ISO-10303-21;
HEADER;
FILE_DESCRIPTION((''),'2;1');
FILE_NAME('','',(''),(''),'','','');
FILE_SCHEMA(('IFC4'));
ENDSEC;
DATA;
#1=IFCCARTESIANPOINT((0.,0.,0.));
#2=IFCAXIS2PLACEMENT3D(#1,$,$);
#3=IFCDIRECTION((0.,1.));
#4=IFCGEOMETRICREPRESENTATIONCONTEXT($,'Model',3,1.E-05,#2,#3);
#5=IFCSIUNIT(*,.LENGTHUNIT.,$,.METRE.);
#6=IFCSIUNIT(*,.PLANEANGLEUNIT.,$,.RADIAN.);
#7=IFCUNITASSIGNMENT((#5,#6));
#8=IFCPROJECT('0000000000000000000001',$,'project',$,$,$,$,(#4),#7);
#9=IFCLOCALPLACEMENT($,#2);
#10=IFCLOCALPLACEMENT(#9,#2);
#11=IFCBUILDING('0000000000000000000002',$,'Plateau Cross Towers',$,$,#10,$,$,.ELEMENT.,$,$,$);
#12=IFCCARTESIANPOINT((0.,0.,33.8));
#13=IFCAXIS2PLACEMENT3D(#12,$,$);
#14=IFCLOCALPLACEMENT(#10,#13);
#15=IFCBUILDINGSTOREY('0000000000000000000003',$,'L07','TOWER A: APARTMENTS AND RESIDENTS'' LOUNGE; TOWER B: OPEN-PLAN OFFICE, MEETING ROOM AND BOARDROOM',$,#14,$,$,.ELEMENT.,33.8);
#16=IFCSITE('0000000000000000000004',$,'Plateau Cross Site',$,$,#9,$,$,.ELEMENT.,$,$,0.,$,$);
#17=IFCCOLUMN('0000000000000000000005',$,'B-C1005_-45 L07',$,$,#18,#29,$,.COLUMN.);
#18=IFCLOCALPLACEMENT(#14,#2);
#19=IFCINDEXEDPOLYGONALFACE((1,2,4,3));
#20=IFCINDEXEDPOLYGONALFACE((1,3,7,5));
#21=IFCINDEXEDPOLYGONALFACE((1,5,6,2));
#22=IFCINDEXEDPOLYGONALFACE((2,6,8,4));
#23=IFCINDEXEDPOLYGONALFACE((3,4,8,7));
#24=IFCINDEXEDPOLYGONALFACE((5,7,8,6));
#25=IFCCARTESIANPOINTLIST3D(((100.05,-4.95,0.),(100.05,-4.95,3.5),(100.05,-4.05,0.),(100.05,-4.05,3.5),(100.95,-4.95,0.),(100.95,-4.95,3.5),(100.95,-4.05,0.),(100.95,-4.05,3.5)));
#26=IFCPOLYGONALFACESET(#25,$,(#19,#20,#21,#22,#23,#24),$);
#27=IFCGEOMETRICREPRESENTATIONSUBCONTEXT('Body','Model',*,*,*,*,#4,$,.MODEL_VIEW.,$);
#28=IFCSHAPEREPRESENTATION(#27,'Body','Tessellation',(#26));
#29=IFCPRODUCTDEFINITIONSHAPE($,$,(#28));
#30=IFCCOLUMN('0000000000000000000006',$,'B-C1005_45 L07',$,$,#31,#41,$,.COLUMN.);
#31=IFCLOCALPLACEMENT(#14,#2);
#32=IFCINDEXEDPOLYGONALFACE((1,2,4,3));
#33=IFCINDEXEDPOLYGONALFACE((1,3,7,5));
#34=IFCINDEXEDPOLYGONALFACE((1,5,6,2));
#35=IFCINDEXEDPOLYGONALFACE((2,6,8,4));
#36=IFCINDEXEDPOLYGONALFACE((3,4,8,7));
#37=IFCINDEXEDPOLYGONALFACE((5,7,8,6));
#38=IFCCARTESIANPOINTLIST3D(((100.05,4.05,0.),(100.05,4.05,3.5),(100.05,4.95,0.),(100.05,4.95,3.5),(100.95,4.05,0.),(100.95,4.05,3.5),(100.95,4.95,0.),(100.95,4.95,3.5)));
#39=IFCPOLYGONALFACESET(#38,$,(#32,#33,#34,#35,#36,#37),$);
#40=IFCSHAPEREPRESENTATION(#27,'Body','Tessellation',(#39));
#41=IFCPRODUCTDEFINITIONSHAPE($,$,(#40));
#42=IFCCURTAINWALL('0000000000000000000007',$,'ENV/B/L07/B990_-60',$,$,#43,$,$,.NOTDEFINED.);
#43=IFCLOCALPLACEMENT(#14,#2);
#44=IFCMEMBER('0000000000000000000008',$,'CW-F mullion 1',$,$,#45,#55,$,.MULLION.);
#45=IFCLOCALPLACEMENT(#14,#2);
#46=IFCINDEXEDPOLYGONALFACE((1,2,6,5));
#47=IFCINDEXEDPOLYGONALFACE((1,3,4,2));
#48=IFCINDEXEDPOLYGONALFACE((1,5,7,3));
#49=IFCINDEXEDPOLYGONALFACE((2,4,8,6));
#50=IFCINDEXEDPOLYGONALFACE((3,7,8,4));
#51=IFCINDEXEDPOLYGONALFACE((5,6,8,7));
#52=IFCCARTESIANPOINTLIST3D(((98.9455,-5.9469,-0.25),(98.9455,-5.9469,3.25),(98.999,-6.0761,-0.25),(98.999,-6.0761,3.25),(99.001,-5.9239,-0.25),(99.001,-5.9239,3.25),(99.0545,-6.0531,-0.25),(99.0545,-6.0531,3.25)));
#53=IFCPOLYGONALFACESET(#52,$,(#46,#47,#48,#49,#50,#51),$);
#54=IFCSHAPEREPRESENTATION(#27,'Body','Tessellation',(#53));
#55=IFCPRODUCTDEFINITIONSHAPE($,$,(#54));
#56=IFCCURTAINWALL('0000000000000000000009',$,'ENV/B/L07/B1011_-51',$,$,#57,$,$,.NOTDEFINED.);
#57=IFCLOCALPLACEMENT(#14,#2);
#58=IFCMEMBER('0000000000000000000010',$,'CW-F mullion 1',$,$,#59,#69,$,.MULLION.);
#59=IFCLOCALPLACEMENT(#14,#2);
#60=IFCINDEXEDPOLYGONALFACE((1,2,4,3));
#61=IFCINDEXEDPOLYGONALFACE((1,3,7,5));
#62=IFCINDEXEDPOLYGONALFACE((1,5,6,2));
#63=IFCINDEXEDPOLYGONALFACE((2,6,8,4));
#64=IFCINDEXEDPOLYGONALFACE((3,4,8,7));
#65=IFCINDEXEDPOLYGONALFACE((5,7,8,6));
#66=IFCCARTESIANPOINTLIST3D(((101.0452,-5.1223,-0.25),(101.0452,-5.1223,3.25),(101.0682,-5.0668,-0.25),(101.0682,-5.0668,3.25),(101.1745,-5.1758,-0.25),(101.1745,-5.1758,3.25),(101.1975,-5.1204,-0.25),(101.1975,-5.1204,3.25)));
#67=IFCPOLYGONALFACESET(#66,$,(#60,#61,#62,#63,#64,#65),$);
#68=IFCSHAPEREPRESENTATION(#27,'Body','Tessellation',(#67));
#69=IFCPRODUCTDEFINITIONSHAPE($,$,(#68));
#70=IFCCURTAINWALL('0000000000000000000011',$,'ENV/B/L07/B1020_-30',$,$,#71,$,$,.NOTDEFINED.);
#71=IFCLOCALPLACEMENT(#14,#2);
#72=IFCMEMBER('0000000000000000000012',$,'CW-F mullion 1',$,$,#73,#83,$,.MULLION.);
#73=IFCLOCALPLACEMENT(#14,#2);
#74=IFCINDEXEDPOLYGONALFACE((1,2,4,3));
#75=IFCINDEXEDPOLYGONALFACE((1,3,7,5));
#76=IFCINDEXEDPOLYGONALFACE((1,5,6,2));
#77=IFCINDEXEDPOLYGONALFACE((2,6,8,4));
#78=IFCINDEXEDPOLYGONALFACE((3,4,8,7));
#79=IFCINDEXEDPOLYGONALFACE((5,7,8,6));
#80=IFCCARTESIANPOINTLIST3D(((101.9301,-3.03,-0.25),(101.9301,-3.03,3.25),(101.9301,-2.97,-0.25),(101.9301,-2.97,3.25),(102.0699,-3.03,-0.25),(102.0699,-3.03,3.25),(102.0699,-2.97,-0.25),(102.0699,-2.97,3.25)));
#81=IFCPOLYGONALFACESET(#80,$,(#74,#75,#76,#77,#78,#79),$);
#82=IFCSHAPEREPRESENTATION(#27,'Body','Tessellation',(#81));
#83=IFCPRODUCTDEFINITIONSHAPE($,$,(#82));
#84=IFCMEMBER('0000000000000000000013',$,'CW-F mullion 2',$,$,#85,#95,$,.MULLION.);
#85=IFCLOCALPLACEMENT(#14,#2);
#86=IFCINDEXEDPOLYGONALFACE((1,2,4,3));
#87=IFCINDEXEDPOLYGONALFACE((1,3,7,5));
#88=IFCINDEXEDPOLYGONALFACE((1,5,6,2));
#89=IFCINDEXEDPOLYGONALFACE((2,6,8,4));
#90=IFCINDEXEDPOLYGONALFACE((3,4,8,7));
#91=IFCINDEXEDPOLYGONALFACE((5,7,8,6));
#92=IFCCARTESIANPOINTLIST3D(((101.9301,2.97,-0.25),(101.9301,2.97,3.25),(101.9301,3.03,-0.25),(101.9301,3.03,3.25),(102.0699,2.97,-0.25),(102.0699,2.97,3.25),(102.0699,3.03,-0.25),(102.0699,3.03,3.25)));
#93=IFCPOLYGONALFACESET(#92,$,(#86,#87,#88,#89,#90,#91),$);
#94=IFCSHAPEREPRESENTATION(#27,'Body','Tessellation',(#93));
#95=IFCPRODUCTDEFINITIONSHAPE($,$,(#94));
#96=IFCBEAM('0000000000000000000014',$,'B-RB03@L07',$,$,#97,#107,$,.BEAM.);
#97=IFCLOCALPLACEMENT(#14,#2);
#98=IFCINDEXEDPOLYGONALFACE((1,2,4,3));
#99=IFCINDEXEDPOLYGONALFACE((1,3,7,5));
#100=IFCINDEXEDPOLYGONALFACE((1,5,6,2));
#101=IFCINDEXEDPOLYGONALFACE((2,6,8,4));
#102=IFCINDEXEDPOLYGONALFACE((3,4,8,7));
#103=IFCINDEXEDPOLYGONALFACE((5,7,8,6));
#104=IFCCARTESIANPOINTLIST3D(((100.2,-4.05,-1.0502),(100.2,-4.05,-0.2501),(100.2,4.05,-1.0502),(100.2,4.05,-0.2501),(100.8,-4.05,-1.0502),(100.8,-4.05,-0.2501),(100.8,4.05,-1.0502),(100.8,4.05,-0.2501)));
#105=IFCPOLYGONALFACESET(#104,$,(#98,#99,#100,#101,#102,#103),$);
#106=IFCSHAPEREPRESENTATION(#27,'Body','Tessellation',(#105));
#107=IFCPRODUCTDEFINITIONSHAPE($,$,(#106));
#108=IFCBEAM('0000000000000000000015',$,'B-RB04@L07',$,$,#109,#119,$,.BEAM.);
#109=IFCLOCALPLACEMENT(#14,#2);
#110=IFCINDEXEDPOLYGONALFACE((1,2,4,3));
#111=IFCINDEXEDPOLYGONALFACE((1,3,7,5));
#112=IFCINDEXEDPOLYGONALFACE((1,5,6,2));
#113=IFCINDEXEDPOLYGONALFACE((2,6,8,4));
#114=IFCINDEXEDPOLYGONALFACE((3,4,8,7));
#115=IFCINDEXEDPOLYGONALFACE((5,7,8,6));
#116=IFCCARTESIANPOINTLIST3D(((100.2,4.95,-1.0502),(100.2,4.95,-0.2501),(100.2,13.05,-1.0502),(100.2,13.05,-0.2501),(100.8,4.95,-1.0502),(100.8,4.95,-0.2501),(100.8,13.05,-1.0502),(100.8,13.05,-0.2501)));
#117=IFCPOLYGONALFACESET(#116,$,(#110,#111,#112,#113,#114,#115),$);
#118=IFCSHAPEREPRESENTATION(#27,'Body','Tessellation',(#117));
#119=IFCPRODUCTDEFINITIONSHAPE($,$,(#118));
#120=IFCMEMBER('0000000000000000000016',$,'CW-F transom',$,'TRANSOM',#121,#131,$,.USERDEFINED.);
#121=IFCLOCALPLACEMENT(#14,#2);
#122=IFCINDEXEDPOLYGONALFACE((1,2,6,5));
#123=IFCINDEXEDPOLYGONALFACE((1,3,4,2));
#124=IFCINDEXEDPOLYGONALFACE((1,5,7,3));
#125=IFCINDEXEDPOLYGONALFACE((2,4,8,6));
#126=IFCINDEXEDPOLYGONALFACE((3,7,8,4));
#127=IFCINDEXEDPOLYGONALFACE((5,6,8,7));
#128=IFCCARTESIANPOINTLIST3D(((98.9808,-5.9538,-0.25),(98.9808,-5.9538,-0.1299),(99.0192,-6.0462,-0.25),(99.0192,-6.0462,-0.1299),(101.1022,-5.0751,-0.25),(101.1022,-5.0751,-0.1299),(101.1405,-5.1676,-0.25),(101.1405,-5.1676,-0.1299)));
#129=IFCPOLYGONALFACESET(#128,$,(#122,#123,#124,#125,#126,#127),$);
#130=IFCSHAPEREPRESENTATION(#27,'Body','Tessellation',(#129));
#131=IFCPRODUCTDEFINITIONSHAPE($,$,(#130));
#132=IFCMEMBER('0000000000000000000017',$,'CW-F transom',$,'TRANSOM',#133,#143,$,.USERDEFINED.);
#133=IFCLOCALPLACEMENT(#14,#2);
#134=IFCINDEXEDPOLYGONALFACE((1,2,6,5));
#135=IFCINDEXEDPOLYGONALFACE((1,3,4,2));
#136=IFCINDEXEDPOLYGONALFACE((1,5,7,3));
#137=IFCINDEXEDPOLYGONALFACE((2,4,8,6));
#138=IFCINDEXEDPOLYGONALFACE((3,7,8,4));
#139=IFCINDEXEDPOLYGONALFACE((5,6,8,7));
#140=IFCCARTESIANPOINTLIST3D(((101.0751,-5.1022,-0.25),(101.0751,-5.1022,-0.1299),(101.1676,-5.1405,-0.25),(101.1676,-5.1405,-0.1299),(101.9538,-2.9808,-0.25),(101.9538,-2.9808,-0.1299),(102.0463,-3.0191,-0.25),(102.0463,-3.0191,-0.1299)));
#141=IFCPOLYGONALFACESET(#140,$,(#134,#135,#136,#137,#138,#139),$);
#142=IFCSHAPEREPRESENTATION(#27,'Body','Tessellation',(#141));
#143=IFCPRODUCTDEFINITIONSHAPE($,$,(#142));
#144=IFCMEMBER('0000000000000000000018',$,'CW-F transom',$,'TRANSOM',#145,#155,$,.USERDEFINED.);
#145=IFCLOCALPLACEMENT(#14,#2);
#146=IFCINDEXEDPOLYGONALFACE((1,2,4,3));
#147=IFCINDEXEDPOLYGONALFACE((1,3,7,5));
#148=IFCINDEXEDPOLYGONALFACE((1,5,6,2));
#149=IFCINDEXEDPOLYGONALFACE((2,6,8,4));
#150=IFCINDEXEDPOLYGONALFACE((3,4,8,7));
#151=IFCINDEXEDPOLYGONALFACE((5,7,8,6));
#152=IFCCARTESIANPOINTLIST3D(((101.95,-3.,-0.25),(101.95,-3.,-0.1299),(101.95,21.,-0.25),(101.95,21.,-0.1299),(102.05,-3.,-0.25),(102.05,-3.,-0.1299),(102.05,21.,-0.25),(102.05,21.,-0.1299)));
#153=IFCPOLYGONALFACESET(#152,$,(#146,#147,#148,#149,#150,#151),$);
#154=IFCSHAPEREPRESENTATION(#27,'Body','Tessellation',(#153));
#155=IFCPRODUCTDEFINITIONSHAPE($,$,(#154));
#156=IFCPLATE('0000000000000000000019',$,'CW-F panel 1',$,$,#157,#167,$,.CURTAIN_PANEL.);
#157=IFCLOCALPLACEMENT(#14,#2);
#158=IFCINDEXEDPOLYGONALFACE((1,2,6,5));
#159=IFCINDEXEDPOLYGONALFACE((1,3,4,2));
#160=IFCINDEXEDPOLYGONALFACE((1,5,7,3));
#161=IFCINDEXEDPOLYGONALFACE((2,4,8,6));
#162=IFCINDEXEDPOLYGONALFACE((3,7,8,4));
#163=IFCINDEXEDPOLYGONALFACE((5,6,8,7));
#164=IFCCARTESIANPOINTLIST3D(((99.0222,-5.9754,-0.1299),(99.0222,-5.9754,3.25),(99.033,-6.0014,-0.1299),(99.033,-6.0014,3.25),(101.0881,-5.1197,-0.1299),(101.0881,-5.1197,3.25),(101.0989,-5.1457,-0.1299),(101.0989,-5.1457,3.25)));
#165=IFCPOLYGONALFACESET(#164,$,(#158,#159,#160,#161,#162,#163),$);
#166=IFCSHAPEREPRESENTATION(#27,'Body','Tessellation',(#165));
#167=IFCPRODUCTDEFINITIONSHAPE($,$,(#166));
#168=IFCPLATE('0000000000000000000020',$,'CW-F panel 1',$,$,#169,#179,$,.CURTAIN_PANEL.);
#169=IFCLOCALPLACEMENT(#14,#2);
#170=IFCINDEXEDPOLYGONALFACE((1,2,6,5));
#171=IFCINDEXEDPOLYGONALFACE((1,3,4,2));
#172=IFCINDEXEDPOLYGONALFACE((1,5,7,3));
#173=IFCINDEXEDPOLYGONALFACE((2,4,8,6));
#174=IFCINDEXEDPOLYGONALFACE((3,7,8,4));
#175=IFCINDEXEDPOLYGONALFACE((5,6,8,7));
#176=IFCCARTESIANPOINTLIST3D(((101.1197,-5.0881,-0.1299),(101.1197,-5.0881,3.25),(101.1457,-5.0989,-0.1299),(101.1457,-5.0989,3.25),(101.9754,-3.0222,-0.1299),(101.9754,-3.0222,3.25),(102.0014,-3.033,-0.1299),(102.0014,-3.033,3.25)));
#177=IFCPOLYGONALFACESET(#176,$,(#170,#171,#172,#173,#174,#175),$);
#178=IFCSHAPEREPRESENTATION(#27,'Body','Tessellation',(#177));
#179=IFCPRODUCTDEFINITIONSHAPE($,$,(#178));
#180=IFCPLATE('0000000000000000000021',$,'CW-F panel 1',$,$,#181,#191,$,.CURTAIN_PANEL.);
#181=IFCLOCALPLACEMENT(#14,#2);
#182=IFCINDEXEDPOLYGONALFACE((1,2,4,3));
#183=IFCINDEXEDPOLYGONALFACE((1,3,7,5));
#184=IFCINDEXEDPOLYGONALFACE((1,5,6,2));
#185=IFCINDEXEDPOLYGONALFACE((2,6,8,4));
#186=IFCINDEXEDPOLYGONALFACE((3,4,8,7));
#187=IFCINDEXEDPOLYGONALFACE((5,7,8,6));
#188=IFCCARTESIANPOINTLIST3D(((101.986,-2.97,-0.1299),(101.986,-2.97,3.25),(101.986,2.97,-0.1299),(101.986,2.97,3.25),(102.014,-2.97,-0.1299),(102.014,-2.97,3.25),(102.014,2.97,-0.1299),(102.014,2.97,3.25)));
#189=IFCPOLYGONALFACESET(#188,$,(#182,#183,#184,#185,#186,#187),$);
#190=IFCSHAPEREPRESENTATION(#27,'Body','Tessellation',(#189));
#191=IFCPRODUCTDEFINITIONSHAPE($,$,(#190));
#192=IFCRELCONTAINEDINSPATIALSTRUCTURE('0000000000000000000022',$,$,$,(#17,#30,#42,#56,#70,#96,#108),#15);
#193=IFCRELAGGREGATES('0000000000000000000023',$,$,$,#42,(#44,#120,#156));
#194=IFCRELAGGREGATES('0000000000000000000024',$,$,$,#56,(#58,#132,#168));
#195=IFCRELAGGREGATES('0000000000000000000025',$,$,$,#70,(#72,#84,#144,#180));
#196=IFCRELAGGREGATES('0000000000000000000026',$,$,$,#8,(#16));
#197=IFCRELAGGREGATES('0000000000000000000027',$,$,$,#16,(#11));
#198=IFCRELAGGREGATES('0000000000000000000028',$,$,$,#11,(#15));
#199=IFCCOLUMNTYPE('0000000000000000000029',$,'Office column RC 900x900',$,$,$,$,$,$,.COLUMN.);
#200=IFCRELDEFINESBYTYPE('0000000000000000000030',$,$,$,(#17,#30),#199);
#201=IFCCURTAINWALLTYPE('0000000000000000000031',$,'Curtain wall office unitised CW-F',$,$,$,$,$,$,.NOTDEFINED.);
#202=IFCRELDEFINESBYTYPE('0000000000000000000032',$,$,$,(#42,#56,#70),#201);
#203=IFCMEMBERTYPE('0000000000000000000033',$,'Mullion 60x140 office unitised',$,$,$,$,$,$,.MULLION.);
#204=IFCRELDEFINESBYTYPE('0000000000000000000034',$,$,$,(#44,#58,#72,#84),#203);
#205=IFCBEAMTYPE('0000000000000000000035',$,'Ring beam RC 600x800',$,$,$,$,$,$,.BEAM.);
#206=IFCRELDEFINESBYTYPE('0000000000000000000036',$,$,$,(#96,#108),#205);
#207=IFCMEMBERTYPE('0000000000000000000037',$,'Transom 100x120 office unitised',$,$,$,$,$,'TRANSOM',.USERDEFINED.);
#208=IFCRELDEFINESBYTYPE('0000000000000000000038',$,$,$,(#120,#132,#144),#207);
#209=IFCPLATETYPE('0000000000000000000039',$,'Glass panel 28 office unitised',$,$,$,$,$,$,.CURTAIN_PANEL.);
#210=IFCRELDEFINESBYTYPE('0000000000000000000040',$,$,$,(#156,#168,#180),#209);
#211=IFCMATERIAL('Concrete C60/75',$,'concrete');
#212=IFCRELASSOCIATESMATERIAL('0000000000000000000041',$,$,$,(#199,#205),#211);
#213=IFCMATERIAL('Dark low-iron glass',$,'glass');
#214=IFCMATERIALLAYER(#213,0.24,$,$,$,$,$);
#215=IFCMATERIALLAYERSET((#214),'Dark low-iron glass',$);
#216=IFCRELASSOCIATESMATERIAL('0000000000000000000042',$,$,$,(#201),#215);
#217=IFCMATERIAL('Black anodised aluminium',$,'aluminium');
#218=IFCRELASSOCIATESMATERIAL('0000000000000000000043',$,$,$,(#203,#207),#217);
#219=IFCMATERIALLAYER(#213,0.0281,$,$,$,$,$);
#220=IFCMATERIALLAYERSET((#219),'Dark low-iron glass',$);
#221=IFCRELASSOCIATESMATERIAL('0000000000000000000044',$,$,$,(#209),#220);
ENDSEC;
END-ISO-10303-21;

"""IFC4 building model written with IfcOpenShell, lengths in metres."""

from ifc_helpers import new_model, si_unit, direction, frame, origin, origin_2d, place, context, subcontext, project, spatial, rectangle, extrude, material, layer, layer_set, material_profile, profile_set, type_object, element, aggregate, save


model = new_model("IFC4")

# Units and contexts
model_context = context("Model", 3, precision=1e-05, world=origin(), true_north=direction((0.0, 1.0)))
body_context = subcontext(model_context, "Body", "Model", "MODEL_VIEW")
ifc_project = project(units=[si_unit("LENGTHUNIT", "METRE"), si_unit("PLANEANGLEUNIT", "RADIAN")], contexts=[model_context])

# Site, building, storey
site_placement = place(None, origin())
site = spatial("IfcSite", under=ifc_project, at=site_placement, Name="Plateau Cross Site", CompositionType="ELEMENT", RefElevation=0.0)
building_placement = place(site_placement, origin())
building = spatial("IfcBuilding", under=site, at=building_placement, Name="Plateau Cross Towers", CompositionType="ELEMENT")
storey_placement = place(building_placement, frame((0.0, 0.0, 33.8)))
storey = spatial("IfcBuildingStorey", under=building, at=storey_placement, Name="L07", Description="TOWER A: APARTMENTS AND RESIDENTS' LOUNGE; TOWER B: OPEN-PLAN OFFICE, MEETING ROOM AND BOARDROOM", CompositionType="ELEMENT", Elevation=33.8)

# Columns
ifc_material_1 = material(Name="Concrete C60/75", Category="concrete")
ifc_material_profile_1 = material_profile(ifc_material_1, rectangle(XDim=0.8999, YDim=0.8999, at=origin_2d()), Name="RC 900x900")
ifc_profile_set_1 = profile_set([ifc_material_profile_1], Name="Concrete C60/75")
column_type = type_object("IfcColumnType", Name="Office column RC 900x900", PredefinedType="COLUMN", material=ifc_profile_set_1)
for number, where, z_axis, x_axis, name in (
    (1, (100.5, -4.5, 0.0), (0.0, 0.0, 1.0), (1.0, 0.0, 0.0), "B-C1005_-45 L07"),
    (2, (100.5, 4.5, 0.0), (0.0, 0.0, 1.0), (1.0, 0.0, 0.0), "B-C1005_45 L07"),
):
    element("IfcColumn", number, at=place(storey_placement, frame(where, z_axis=z_axis, x_axis=x_axis)), inside=storey, type_object=column_type, Name=name, PredefinedType="COLUMN", context=body_context, shape_type="SweptSolid", body=[
        extrude(rectangle(XDim=0.8999, YDim=0.8999, at=origin_2d()), origin(), (0.0, 0.0, 1.0), 3.5),
    ])

# Curtain walls, members
ifc_material_2 = material(Name="Dark low-iron glass", Category="glass")
ifc_layer_1 = layer(ifc_material_2, 0.24)
ifc_layer_set_1 = layer_set([ifc_layer_1], Name="Dark low-iron glass")
curtain_wall_type = type_object("IfcCurtainWallType", Name="Curtain wall office unitised CW-F", PredefinedType="NOTDEFINED", material=ifc_layer_set_1)
curtain_wall_1_placement = place(storey_placement, origin())
curtain_wall_1 = element("IfcCurtainWall", 3, at=curtain_wall_1_placement, inside=storey, type_object=curtain_wall_type, Name="ENV/B/L07/B990_-60", PredefinedType="NOTDEFINED")
ifc_material_3 = material(Name="Black anodised aluminium", Category="aluminium")
ifc_material_profile_2 = material_profile(ifc_material_3, rectangle(XDim=0.0601, YDim=0.1399, at=origin_2d()), Name="MULLION 60x140")
ifc_profile_set_2 = profile_set([ifc_material_profile_2], Name="Black anodised aluminium")
member_type_1 = type_object("IfcMemberType", Name="Mullion 60x140 office unitised", PredefinedType="MULLION", material=ifc_profile_set_2)
member_1_placement = place(storey_placement, frame((99.0, -6.0, -0.25), z_axis=(0.0, 0.0, 1.0), x_axis=(0.923879, 0.382684, 0.0)))
member_1 = element("IfcMember", 4, at=member_1_placement, type_object=member_type_1, Name="CW-F mullion 1", PredefinedType="MULLION", context=body_context, shape_type="SweptSolid", body=[
    extrude(rectangle(XDim=0.0601, YDim=0.1399, at=origin_2d()), origin(), (0.0, 0.0, 1.0), 3.5),
])
curtain_wall_2_placement = place(storey_placement, origin())
curtain_wall_2 = element("IfcCurtainWall", 5, at=curtain_wall_2_placement, inside=storey, type_object=curtain_wall_type, Name="ENV/B/L07/B1011_-51", PredefinedType="NOTDEFINED")
member_2_placement = place(storey_placement, frame((101.1213, -5.1213, -0.25), z_axis=(0.0, 0.0, 1.0), x_axis=(0.382684, 0.923879, 0.0)))
member_2 = element("IfcMember", 6, at=member_2_placement, type_object=member_type_1, Name="CW-F mullion 1", PredefinedType="MULLION", context=body_context, shape_type="SweptSolid", body=[
    extrude(rectangle(XDim=0.0601, YDim=0.1399, at=origin_2d()), origin(), (0.0, 0.0, 1.0), 3.5),
])

# Curtain wall, members
curtain_wall_3_placement = place(storey_placement, origin())
curtain_wall_3 = element("IfcCurtainWall", 7, at=curtain_wall_3_placement, inside=storey, type_object=curtain_wall_type, Name="ENV/B/L07/B1020_-30", PredefinedType="NOTDEFINED")
member_3_placement = place(storey_placement, frame((102.0, -3.0, -0.25), z_axis=(0.0, 0.0, 1.0), x_axis=(0.0, 1.0, 0.0)))
member_3 = element("IfcMember", 8, at=member_3_placement, type_object=member_type_1, Name="CW-F mullion 1", PredefinedType="MULLION", context=body_context, shape_type="SweptSolid", body=[
    extrude(rectangle(XDim=0.0601, YDim=0.1399, at=origin_2d()), origin(), (0.0, 0.0, 1.0), 3.5),
])
member_4_placement = place(storey_placement, frame((102.0, 3.0, -0.25), z_axis=(0.0, 0.0, 1.0), x_axis=(0.0, 1.0, 0.0)))
member_4 = element("IfcMember", 9, at=member_4_placement, type_object=member_type_1, Name="CW-F mullion 2", PredefinedType="MULLION", context=body_context, shape_type="SweptSolid", body=[
    extrude(rectangle(XDim=0.0601, YDim=0.1399, at=origin_2d()), origin(), (0.0, 0.0, 1.0), 3.5),
])

# Beams
ifc_material_profile_3 = material_profile(ifc_material_1, rectangle(XDim=0.6001, YDim=0.8, at=origin_2d()), Name="RC 600x800")
ifc_profile_set_3 = profile_set([ifc_material_profile_3], Name="Concrete C60/75")
beam_type = type_object("IfcBeamType", Name="Ring beam RC 600x800", PredefinedType="BEAM", material=ifc_profile_set_3)
for number, where, z_axis, x_axis, name in (
    (10, (100.5, -4.05, -0.6501), (0.0, 1.0, 0.0), (-1.0, 0.0, 0.0), "B-RB03@L07"),
    (11, (100.5, 4.95, -0.6501), (0.0, 1.0, 0.0), (-1.0, 0.0, 0.0), "B-RB04@L07"),
):
    element("IfcBeam", number, at=place(storey_placement, frame(where, z_axis=z_axis, x_axis=x_axis)), inside=storey, type_object=beam_type, Name=name, PredefinedType="BEAM", context=body_context, shape_type="SweptSolid", body=[
        extrude(rectangle(XDim=0.6001, YDim=0.8, at=origin_2d()), origin(), (0.0, 0.0, 1.0), 8.1001),
    ])

# Members
ifc_material_profile_4 = material_profile(ifc_material_3, rectangle(XDim=0.1001, YDim=0.1201, at=origin_2d()), Name="TRANSOM 100x120")
ifc_profile_set_4 = profile_set([ifc_material_profile_4], Name="Black anodised aluminium")
member_type_2 = type_object("IfcMemberType", Name="Transom 100x120 office unitised", ElementType="TRANSOM", PredefinedType="USERDEFINED", material=ifc_profile_set_4)
member_5_placement = place(storey_placement, frame((99.0, -6.0, -0.1899), z_axis=(0.923883, 0.382674, 0.0), x_axis=(-0.382674, 0.923883, 0.0)))
member_5 = element("IfcMember", 12, at=member_5_placement, type_object=member_type_2, Name="CW-F transom", ObjectType="TRANSOM", PredefinedType="USERDEFINED", context=body_context, shape_type="SweptSolid", body=[
    extrude(rectangle(XDim=0.1001, YDim=0.1201, at=origin_2d()), origin(), (0.0, 0.0, 1.0), 2.2961),
])
member_6_placement = place(storey_placement, frame((101.1213, -5.1213, -0.1899), z_axis=(0.382674, 0.923883, 0.0), x_axis=(-0.923883, 0.382674, 0.0)))
member_6 = element("IfcMember", 13, at=member_6_placement, type_object=member_type_2, Name="CW-F transom", ObjectType="TRANSOM", PredefinedType="USERDEFINED", context=body_context, shape_type="SweptSolid", body=[
    extrude(rectangle(XDim=0.1001, YDim=0.1201, at=origin_2d()), origin(), (0.0, 0.0, 1.0), 2.2961),
])
member_7_placement = place(storey_placement, frame((102.0, -3.0, -0.1899), z_axis=(0.0, 1.0, 0.0), x_axis=(-1.0, 0.0, 0.0)))
member_7 = element("IfcMember", 14, at=member_7_placement, type_object=member_type_2, Name="CW-F transom", ObjectType="TRANSOM", PredefinedType="USERDEFINED", context=body_context, shape_type="SweptSolid", body=[
    extrude(rectangle(XDim=0.1001, YDim=0.1201, at=origin_2d()), origin(), (0.0, 0.0, 1.0), 24.0),
])

# Plates
ifc_layer_2 = layer(ifc_material_2, 0.0281)
ifc_layer_set_2 = layer_set([ifc_layer_2], Name="Dark low-iron glass")
plate_type = type_object("IfcPlateType", Name="Glass panel 28 office unitised", PredefinedType="CURTAIN_PANEL", material=ifc_layer_set_2)
plate_1_placement = place(storey_placement, frame((100.0605, -5.5605, -0.1299), z_axis=(0.0, 0.0, 1.0), x_axis=(0.923879, 0.382684, 0.0)))
plate_1 = element("IfcPlate", 15, at=plate_1_placement, type_object=plate_type, Name="CW-F panel 1", PredefinedType="CURTAIN_PANEL", context=body_context, shape_type="SweptSolid", body=[
    extrude(rectangle(XDim=2.2361, YDim=0.0281, at=origin_2d()), origin(), (0.0, 0.0, 1.0), 3.3799),
])
aggregate(curtain_wall_1, [member_1, member_5, plate_1])
plate_2_placement = place(storey_placement, frame((101.5605, -4.0605, -0.1299), z_axis=(0.0, 0.0, 1.0), x_axis=(0.382684, 0.923879, 0.0)))
plate_2 = element("IfcPlate", 16, at=plate_2_placement, type_object=plate_type, Name="CW-F panel 1", PredefinedType="CURTAIN_PANEL", context=body_context, shape_type="SweptSolid", body=[
    extrude(rectangle(XDim=2.2361, YDim=0.0281, at=origin_2d()), origin(), (0.0, 0.0, 1.0), 3.3799),
])
aggregate(curtain_wall_2, [member_2, member_6, plate_2])
plate_3_placement = place(storey_placement, frame((102.0, 0.0, -0.1299), z_axis=(0.0, 0.0, 1.0), x_axis=(0.0, 1.0, 0.0)))
plate_3 = element("IfcPlate", 17, at=plate_3_placement, type_object=plate_type, Name="CW-F panel 1", PredefinedType="CURTAIN_PANEL", context=body_context, shape_type="SweptSolid", body=[
    extrude(rectangle(XDim=5.9399, YDim=0.0281, at=origin_2d()), origin(), (0.0, 0.0, 1.0), 3.3799),
])
aggregate(curtain_wall_3, [member_3, member_4, member_7, plate_3])

save(model, "model.ifc")
